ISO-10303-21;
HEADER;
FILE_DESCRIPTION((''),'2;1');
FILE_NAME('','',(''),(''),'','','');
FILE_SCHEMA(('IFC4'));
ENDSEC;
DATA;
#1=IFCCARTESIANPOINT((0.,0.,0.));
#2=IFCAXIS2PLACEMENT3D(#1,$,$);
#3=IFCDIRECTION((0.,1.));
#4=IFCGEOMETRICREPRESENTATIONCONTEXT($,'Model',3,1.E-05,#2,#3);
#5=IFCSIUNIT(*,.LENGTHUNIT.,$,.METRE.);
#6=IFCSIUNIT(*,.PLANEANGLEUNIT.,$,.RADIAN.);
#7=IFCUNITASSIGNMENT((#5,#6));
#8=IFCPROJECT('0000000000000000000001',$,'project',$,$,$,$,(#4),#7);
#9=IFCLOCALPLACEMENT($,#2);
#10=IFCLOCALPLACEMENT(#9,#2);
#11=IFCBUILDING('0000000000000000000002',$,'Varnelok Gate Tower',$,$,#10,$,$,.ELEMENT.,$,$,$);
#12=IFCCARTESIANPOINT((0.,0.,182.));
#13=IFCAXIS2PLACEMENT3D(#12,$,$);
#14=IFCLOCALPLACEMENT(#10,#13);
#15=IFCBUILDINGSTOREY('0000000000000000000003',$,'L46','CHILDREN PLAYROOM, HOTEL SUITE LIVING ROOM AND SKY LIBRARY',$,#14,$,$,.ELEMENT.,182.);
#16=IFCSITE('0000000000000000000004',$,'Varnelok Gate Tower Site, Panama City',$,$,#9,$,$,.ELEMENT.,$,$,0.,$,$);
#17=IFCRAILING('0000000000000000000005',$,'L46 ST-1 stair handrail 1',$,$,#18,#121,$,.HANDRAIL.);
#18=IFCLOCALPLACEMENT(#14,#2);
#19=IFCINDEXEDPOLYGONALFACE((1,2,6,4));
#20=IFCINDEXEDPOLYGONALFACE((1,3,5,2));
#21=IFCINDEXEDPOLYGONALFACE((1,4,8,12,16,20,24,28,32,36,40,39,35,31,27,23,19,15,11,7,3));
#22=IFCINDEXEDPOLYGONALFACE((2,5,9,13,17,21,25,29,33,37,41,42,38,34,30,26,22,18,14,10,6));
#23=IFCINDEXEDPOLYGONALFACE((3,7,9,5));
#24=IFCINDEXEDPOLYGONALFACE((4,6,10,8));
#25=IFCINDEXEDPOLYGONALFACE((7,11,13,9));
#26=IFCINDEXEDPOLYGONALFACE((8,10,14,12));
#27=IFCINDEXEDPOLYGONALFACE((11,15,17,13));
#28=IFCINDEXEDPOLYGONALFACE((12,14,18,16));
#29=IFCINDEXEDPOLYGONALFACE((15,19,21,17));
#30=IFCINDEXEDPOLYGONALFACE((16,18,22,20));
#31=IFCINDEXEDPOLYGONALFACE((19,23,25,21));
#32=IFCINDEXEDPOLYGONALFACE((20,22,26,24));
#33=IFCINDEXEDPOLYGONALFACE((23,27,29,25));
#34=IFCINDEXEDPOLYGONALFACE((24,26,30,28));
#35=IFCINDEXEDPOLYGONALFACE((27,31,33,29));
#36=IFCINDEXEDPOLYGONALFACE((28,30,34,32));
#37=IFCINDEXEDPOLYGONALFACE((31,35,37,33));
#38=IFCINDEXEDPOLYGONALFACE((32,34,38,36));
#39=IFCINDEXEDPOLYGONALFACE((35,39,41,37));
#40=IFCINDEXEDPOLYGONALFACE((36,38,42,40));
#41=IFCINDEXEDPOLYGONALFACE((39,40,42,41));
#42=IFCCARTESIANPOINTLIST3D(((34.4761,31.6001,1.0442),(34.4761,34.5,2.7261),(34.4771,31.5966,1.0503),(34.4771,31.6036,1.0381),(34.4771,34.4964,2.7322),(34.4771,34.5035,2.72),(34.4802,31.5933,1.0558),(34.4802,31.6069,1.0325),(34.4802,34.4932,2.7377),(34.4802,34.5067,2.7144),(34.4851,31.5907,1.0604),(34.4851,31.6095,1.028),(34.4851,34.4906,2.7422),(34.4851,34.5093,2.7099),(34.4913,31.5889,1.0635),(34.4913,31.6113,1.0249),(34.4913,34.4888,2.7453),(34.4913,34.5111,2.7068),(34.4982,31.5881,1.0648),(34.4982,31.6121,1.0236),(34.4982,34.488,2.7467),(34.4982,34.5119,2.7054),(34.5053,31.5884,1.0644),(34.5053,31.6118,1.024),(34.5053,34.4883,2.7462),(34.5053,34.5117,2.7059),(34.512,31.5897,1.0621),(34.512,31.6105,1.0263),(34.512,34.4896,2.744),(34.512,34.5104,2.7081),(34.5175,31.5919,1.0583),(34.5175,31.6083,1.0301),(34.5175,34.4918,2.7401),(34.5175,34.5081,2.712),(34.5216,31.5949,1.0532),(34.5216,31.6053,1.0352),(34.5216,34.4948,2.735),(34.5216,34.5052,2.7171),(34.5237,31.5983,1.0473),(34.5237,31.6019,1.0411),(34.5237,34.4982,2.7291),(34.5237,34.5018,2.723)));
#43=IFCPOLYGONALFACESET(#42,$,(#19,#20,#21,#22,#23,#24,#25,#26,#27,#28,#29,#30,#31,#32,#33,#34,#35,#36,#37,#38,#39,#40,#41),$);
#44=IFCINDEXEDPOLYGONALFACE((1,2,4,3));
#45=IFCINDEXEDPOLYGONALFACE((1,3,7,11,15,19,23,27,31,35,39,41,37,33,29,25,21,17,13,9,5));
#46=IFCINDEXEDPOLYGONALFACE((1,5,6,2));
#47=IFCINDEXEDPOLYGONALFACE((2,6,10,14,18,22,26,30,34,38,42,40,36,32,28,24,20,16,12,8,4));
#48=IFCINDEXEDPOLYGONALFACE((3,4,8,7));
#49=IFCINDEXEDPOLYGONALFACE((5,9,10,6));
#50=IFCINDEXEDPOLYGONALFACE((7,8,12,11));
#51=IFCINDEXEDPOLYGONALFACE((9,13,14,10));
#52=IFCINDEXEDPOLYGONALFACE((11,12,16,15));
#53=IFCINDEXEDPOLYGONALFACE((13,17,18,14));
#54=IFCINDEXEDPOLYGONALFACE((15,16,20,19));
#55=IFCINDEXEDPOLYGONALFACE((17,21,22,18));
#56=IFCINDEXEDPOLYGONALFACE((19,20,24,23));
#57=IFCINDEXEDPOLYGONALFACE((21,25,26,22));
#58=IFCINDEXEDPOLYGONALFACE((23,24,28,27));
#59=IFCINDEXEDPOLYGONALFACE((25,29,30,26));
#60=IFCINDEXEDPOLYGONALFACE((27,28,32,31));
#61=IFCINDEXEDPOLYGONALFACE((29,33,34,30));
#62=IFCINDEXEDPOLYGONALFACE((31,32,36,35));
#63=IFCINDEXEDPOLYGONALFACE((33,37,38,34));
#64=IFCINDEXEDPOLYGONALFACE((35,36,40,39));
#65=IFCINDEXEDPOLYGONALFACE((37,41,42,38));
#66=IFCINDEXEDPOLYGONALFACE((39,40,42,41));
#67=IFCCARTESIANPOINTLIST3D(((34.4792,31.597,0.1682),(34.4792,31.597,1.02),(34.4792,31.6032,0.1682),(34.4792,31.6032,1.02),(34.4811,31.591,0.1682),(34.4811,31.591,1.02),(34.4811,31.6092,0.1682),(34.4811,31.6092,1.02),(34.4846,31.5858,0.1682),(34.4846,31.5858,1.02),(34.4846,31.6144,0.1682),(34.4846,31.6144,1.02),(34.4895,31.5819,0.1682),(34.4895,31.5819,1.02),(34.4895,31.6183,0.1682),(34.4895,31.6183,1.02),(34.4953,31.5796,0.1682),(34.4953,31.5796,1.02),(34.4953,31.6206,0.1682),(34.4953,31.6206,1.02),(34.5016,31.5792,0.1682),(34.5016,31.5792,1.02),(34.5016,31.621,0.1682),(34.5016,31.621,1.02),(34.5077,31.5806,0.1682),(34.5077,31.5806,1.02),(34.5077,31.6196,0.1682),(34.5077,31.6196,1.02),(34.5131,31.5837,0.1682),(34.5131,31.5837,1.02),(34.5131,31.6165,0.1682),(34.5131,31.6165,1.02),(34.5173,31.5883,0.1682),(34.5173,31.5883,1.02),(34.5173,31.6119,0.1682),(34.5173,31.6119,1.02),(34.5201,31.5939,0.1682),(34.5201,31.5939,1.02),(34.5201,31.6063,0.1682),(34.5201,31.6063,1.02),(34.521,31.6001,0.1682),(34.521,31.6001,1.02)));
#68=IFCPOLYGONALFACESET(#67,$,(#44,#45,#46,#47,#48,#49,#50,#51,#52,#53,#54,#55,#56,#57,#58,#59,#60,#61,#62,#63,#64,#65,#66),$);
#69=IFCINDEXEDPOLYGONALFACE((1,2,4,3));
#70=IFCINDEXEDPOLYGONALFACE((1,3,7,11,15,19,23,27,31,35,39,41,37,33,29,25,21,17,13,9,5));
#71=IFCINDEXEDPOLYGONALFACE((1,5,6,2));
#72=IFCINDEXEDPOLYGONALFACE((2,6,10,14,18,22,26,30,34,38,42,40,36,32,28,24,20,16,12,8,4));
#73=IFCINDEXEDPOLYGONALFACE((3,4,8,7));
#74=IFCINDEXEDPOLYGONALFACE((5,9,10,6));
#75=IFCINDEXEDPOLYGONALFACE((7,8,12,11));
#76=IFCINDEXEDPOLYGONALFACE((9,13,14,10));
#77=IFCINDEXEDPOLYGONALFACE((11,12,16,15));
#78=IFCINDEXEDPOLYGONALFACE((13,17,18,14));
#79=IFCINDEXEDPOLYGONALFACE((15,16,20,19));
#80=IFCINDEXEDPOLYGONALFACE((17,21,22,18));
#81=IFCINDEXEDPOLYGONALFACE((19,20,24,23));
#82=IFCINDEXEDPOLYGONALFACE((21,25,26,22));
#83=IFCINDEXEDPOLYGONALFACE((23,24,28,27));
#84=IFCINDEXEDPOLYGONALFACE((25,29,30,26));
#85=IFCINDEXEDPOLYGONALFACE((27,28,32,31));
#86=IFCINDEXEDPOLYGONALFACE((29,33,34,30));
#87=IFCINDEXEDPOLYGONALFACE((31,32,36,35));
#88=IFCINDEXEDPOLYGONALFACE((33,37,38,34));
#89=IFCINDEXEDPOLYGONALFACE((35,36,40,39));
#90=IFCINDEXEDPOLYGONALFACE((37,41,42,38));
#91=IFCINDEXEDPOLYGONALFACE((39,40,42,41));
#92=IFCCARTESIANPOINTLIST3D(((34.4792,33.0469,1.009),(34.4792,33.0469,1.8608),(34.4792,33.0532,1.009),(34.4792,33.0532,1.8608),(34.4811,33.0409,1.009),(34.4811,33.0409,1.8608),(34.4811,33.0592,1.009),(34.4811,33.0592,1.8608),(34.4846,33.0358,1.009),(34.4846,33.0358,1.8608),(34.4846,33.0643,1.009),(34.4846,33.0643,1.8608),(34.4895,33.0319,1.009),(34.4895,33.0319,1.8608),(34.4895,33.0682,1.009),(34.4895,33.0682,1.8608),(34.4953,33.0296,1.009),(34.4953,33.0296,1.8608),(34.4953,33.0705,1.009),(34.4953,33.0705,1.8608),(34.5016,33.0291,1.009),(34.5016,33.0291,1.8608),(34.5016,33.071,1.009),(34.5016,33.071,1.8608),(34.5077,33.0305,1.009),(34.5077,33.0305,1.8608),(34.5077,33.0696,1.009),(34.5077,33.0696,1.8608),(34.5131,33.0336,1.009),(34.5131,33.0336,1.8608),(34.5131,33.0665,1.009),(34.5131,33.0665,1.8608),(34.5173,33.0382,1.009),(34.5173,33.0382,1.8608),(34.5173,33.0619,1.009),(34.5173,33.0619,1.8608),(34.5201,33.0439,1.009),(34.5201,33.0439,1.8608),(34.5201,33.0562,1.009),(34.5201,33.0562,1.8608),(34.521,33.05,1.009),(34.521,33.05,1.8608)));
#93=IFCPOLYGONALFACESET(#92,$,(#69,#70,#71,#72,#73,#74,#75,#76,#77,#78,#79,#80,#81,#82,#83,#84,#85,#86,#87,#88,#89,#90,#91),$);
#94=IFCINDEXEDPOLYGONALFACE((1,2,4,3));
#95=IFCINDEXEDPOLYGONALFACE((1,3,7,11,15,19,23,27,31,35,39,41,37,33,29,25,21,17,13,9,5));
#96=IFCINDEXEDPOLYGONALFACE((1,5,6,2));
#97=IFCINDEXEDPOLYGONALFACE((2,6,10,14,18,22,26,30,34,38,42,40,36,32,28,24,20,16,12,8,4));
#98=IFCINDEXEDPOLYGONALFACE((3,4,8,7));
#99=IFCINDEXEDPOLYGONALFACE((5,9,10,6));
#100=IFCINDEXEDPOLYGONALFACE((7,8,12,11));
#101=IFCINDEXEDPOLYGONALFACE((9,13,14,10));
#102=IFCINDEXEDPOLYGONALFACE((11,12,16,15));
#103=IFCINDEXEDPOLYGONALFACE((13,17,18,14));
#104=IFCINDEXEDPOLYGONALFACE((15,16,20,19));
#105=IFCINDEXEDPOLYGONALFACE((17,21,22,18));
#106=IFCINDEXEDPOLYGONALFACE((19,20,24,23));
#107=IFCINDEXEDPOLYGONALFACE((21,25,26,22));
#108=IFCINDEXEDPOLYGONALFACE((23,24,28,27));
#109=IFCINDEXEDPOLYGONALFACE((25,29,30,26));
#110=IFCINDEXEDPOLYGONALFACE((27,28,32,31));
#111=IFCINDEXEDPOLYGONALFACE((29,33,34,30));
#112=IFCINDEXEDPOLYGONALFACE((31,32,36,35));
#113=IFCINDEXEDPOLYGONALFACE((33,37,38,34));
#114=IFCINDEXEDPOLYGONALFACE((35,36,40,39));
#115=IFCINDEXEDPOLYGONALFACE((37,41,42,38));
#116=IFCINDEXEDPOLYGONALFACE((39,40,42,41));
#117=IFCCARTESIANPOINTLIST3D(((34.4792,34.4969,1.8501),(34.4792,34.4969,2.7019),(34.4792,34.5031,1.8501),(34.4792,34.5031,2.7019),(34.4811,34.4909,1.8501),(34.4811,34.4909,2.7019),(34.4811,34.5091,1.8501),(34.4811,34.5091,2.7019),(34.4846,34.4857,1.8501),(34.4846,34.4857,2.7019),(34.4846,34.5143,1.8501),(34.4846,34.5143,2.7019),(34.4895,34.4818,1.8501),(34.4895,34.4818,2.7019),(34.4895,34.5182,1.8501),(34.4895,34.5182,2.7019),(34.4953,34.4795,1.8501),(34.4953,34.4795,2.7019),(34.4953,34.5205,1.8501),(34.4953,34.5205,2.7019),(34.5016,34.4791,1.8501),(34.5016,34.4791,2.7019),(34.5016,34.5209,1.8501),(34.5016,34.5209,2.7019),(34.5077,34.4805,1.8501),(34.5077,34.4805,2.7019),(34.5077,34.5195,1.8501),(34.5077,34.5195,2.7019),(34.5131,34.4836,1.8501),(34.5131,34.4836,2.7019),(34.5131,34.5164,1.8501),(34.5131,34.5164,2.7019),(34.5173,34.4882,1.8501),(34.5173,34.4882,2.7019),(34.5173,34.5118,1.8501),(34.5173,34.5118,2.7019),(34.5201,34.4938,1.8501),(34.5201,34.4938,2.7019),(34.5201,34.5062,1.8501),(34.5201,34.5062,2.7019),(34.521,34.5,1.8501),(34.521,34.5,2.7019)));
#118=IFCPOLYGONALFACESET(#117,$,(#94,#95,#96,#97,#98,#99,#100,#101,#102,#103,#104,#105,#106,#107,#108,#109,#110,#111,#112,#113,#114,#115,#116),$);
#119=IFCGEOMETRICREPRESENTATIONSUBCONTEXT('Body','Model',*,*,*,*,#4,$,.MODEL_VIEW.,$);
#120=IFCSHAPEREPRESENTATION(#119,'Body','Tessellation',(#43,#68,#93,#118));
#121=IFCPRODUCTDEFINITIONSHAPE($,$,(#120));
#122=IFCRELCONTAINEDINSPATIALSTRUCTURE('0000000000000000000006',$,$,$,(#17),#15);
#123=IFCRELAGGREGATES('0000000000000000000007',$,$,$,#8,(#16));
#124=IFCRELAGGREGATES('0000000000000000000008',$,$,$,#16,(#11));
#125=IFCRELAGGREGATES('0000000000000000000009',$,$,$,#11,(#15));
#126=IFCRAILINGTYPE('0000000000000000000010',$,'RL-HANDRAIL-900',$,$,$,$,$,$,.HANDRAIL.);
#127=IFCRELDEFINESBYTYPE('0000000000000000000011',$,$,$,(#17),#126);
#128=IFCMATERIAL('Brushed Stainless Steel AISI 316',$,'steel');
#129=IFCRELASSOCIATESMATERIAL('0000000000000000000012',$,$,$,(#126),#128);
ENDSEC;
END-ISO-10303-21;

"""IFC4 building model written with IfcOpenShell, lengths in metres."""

from ifc_helpers import new_model, si_unit, direction, frame, origin, origin_2d, place, context, subcontext, project, spatial, circle, extrude, material, type_object, element, save


model = new_model("IFC4")

# Units and contexts
model_context = context("Model", 3, precision=1e-05, world=origin(), true_north=direction((0.0, 1.0)))
body_context = subcontext(model_context, "Body", "Model", "MODEL_VIEW")
ifc_project = project(units=[si_unit("LENGTHUNIT", "METRE"), si_unit("PLANEANGLEUNIT", "RADIAN")], contexts=[model_context])

# Site, building, storey
site_placement = place(None, origin())
site = spatial("IfcSite", under=ifc_project, at=site_placement, Name="Varnelok Gate Tower Site, Panama City", CompositionType="ELEMENT", RefElevation=0.0)
building_placement = place(site_placement, origin())
building = spatial("IfcBuilding", under=site, at=building_placement, Name="Varnelok Gate Tower", CompositionType="ELEMENT")
storey_placement = place(building_placement, frame((0.0, 0.0, 182.0)))
storey = spatial("IfcBuildingStorey", under=building, at=storey_placement, Name="L46", Description="CHILDREN PLAYROOM, HOTEL SUITE LIVING ROOM AND SKY LIBRARY", CompositionType="ELEMENT", Elevation=182.0)

# Railing
ifc_material_1 = material(Name="Brushed Stainless Steel AISI 316", Category="steel")
railing_type_1 = type_object("IfcRailingType", Name="RL-HANDRAIL-900", PredefinedType="HANDRAIL", material=ifc_material_1)
railing_1_placement = place(storey_placement, frame((34.5, 31.6001, 0.1682)))
element("IfcRailing", 1, at=railing_1_placement, inside=storey, type_object=railing_type_1, Name="L46 ST-1 stair handrail 1", PredefinedType="HANDRAIL", context=body_context, shape_type="SweptSolid", body=[
    extrude(circle(Radius=0.0239, at=origin_2d()), frame((0.0, 0.0, 0.876), z_axis=(0.0, 0.865039, 0.501705), x_axis=(-1.0, 0.0, 0.0)), (0.0, 0.0, 1.0), 3.3523),
    extrude(circle(Radius=0.021, at=origin_2d()), origin(), (0.0, 0.0, 1.0), 0.8518),
    extrude(circle(Radius=0.021, at=origin_2d()), frame((0.0, 1.45, 0.8408)), (0.0, 0.0, 1.0), 0.8518),
    extrude(circle(Radius=0.021, at=origin_2d()), frame((0.0, 2.8999, 1.6819)), (0.0, 0.0, 1.0), 0.8518),
])

save(model, "model.ifc")
